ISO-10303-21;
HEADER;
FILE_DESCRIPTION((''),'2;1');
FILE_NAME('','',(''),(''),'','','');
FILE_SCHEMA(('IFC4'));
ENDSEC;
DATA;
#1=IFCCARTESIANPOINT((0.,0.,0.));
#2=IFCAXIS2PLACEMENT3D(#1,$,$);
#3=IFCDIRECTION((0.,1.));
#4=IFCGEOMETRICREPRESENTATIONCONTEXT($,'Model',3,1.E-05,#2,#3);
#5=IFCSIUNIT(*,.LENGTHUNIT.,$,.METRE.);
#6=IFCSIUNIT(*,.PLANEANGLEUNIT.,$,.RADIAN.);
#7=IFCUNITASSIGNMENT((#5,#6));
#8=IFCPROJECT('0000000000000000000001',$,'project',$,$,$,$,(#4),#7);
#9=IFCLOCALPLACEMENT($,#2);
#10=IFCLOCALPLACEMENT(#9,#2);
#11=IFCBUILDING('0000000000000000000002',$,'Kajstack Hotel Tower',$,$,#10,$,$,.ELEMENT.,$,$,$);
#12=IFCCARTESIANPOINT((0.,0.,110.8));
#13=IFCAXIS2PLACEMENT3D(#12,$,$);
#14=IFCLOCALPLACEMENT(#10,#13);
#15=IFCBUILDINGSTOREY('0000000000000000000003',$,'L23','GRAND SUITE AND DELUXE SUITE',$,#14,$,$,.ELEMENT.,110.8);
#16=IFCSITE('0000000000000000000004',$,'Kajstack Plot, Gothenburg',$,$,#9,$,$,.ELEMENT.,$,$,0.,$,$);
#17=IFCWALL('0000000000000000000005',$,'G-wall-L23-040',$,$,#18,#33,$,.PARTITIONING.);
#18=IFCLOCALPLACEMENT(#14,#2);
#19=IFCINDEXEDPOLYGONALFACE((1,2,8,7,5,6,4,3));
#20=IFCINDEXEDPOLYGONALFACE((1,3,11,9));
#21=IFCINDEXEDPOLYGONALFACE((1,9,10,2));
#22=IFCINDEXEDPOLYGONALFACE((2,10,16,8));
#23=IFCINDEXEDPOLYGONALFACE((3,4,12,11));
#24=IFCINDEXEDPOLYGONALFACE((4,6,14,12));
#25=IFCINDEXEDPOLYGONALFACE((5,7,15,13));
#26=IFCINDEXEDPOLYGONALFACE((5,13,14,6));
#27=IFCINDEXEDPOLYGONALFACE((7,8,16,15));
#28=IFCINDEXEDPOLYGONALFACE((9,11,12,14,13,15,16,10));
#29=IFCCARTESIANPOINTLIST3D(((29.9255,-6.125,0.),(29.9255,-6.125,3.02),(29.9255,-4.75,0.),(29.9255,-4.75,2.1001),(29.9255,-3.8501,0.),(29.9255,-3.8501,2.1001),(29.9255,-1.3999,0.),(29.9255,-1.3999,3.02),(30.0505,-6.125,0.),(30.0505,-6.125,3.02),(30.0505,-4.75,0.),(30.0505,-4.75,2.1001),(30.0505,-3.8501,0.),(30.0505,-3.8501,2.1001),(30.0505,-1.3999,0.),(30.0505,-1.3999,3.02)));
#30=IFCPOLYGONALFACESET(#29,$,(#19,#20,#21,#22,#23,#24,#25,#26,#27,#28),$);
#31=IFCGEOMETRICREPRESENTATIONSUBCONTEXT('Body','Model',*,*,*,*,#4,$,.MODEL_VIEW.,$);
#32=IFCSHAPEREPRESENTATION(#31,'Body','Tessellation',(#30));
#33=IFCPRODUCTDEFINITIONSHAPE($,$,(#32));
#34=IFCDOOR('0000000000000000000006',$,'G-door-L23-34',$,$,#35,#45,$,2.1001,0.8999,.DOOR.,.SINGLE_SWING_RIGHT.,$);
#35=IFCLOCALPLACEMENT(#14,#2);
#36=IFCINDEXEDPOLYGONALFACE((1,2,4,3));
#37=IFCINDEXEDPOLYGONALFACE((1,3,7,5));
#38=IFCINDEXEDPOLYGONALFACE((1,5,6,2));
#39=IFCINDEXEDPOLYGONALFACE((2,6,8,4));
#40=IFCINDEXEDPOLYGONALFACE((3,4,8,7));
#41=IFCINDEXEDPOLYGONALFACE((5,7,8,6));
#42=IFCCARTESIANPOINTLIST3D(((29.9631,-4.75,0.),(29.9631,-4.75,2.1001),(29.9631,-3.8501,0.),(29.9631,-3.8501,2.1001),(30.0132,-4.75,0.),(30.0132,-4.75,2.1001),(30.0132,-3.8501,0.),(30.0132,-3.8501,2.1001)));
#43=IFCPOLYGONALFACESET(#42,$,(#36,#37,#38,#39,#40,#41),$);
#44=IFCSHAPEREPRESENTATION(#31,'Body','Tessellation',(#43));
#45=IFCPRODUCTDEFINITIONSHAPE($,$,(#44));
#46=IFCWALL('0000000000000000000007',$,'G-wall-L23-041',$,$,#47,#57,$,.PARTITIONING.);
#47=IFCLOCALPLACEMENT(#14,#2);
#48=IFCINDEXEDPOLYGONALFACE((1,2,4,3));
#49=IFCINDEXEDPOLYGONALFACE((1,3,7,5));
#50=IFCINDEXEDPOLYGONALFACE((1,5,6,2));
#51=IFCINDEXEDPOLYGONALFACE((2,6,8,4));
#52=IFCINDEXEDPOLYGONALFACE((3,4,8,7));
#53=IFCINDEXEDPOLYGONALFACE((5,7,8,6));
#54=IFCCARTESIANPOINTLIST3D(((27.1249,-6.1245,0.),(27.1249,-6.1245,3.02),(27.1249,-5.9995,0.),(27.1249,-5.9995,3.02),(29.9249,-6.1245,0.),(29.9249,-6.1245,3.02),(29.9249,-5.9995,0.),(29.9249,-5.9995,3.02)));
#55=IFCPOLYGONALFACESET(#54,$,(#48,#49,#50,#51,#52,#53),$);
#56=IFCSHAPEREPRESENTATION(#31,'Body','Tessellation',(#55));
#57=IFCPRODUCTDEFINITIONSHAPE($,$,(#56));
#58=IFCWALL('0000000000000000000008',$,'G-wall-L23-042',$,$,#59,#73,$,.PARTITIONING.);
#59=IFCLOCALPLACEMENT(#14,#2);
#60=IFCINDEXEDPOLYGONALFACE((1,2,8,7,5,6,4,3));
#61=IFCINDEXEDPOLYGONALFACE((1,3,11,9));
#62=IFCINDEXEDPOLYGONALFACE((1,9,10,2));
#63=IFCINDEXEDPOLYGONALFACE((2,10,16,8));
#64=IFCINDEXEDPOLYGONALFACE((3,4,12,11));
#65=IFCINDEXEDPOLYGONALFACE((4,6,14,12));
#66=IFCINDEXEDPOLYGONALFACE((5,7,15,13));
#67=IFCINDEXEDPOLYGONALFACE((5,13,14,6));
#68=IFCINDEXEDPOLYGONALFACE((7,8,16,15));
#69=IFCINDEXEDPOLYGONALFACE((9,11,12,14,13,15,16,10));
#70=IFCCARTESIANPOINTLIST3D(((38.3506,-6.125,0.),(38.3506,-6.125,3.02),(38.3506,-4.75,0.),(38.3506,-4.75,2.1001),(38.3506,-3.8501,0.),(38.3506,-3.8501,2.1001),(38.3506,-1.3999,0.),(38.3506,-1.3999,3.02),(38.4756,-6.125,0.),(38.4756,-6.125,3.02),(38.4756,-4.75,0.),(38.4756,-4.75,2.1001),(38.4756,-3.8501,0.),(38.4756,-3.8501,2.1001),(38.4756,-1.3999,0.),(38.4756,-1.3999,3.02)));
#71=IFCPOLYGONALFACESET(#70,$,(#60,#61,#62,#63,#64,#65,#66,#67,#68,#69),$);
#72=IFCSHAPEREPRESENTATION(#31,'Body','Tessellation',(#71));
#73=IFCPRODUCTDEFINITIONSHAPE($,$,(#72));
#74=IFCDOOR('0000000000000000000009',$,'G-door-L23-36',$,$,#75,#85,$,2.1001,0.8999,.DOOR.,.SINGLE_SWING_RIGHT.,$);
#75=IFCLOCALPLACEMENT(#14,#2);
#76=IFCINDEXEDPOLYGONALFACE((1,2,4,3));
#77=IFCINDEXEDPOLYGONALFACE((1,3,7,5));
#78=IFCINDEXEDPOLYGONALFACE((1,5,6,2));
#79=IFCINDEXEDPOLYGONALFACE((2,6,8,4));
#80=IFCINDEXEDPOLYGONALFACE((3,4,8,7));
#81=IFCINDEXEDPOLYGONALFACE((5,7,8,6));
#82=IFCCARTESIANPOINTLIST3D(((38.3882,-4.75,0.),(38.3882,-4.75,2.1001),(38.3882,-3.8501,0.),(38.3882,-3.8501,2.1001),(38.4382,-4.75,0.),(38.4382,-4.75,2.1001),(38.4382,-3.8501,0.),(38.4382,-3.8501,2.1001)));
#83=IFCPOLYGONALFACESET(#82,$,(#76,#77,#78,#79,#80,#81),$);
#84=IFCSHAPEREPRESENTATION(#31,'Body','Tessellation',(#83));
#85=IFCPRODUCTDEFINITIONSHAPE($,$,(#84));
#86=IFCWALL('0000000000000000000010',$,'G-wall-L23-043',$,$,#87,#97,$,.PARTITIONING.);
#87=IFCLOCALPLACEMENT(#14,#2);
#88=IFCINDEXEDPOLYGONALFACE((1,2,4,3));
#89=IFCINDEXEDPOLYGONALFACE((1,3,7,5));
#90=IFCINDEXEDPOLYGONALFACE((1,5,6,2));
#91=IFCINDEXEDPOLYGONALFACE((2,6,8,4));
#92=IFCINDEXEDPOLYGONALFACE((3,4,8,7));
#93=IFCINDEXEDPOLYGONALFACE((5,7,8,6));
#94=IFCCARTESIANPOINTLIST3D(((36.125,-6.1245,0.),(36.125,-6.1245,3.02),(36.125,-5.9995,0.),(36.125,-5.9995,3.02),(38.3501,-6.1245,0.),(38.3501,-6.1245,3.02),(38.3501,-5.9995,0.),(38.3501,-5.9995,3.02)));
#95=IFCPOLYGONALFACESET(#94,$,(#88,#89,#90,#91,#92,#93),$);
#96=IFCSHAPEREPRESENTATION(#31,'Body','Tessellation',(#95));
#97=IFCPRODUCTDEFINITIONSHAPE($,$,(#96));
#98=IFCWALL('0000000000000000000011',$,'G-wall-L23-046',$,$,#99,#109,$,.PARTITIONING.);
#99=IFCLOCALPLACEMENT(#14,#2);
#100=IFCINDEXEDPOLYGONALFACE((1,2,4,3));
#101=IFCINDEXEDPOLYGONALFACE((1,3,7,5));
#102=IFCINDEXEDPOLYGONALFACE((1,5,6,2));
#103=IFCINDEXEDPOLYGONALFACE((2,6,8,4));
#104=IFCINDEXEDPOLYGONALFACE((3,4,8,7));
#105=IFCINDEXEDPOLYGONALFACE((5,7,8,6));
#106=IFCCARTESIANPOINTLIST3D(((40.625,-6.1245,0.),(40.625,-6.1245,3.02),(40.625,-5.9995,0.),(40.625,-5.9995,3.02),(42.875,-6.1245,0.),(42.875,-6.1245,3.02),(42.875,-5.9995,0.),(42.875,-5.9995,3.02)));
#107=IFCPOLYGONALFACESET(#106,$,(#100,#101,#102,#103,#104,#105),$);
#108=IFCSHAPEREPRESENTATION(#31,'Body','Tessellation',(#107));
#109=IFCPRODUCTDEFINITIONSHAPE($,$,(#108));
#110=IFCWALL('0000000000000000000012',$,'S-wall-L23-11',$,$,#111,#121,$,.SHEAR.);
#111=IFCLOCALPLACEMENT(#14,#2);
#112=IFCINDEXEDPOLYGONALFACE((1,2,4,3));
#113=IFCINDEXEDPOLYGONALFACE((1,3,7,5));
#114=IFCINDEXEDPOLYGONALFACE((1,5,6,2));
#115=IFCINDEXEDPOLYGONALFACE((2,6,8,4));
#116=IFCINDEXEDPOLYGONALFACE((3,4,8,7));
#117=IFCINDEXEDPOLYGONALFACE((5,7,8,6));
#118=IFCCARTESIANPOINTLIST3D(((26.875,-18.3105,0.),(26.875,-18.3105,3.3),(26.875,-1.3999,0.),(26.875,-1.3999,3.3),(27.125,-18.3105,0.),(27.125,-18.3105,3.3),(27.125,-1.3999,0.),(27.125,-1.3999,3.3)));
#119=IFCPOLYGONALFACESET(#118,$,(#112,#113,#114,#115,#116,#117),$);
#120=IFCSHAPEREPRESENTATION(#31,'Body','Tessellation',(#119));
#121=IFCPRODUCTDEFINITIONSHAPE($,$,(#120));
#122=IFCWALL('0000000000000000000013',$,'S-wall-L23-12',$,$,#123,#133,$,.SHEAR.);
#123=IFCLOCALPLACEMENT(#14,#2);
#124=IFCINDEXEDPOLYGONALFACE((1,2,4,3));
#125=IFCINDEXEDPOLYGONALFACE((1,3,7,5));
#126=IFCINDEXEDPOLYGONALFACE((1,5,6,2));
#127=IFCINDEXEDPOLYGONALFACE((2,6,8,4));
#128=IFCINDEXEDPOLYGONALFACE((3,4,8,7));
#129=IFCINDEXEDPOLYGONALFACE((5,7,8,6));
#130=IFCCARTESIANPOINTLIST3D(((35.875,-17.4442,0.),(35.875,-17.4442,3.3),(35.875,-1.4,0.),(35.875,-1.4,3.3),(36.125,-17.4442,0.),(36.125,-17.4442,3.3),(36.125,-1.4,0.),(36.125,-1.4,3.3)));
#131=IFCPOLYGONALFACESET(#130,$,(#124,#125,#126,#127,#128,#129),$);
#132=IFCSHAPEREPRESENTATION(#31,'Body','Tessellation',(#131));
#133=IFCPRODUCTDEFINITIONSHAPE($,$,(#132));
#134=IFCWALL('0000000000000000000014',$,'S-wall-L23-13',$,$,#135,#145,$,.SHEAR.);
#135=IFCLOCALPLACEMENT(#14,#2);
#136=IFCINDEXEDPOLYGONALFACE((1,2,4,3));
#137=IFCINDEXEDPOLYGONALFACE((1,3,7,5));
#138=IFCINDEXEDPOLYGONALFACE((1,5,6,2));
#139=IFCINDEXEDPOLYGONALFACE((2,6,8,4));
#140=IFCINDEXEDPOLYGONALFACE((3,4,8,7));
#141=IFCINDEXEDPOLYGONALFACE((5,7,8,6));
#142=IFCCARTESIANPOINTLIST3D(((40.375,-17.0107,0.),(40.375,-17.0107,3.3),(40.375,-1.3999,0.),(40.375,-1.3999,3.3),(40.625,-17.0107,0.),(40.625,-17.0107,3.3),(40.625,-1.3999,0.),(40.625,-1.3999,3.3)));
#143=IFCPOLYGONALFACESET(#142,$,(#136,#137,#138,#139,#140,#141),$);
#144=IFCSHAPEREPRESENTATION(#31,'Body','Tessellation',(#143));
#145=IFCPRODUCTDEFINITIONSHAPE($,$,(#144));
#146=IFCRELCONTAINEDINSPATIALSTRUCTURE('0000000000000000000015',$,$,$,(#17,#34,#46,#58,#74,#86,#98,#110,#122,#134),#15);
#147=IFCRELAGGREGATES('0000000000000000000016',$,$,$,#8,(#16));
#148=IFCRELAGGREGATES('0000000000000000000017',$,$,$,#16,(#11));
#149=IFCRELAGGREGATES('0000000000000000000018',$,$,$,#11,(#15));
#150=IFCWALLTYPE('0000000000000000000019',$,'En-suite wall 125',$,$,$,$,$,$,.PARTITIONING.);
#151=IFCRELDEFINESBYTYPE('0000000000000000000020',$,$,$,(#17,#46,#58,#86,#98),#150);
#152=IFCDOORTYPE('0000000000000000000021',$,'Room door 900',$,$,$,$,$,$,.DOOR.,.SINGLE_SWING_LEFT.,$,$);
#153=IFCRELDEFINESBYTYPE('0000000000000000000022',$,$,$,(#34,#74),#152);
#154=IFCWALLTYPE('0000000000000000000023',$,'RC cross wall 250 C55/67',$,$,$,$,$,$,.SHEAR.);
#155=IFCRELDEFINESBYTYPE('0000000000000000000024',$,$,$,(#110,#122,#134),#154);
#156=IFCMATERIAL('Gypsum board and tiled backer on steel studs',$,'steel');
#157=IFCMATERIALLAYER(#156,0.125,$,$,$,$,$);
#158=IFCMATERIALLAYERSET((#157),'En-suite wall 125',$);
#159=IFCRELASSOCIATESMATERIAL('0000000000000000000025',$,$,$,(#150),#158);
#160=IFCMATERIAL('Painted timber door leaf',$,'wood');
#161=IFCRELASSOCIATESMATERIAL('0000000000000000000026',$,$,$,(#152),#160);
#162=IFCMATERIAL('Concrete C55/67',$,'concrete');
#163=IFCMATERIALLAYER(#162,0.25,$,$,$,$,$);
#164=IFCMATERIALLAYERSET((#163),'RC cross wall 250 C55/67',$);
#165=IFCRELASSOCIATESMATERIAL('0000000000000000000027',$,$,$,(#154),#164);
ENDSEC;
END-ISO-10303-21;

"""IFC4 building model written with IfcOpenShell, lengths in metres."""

from ifc_helpers import new_model, si_unit, direction, frame, frame_2d, origin, place, context, subcontext, project, spatial, rectangle, extrude, material, layer, layer_set, type_object, element, fill, save


model = new_model("IFC4")

# Units and contexts
model_context = context("Model", 3, precision=1e-05, world=origin(), true_north=direction((0.0, 1.0)))
body_context = subcontext(model_context, "Body", "Model", "MODEL_VIEW")
ifc_project = project(units=[si_unit("LENGTHUNIT", "METRE"), si_unit("PLANEANGLEUNIT", "RADIAN")], contexts=[model_context])

# Site, building, storey
site_placement = place(None, origin())
site = spatial("IfcSite", under=ifc_project, at=site_placement, Name="Kajstack Plot, Gothenburg", CompositionType="ELEMENT", RefElevation=0.0)
building_placement = place(site_placement, origin())
building = spatial("IfcBuilding", under=site, at=building_placement, Name="Kajstack Hotel Tower", CompositionType="ELEMENT")
storey_placement = place(building_placement, frame((0.0, 0.0, 110.8)))
storey = spatial("IfcBuildingStorey", under=building, at=storey_placement, Name="L23", Description="GRAND SUITE AND DELUXE SUITE", CompositionType="ELEMENT", Elevation=110.8)

# Wall, opening, door
ifc_material_1 = material(Name="Gypsum board and tiled backer on steel studs", Category="steel")
ifc_layer_1 = layer(ifc_material_1, 0.125)
ifc_layer_set_1 = layer_set([ifc_layer_1], Name="En-suite wall 125")
wall_type_1 = type_object("IfcWallType", Name="En-suite wall 125", PredefinedType="PARTITIONING", material=ifc_layer_set_1)
wall_1_placement = place(storey_placement, frame((29.988, -6.125, 0.0), z_axis=(0.0, 0.0, 1.0), x_axis=(0.0, 1.0, 0.0)))
wall_1 = element("IfcWall", 1, at=wall_1_placement, inside=storey, type_object=wall_type_1, Name="G-wall-L23-040", PredefinedType="PARTITIONING", context=body_context, shape_type="SweptSolid", body=[
    extrude(rectangle(XDim=4.7251, YDim=0.125, at=frame_2d((2.3625, 0.0))), origin(), (0.0, 0.0, 1.0), 3.02),
])
opening_1_placement = place(wall_1_placement, frame((1.375, 0.0, 0.0)))
opening_1 = element("IfcOpeningElement", 2, at=opening_1_placement, cuts=wall_1, PredefinedType="OPENING", context=body_context, shape_type="SweptSolid", body=[
    extrude(rectangle(XDim=0.8999, YDim=2.1001, at=frame_2d((0.45, 1.05))), frame((0.0, 0.0725, 0.0), z_axis=(0.0, -1.0, 0.0), x_axis=(1.0, 0.0, 0.0)), (0.0, 0.0, 1.0), 0.145),
])
ifc_material_2 = material(Name="Painted timber door leaf", Category="wood")
door_type_1 = type_object("IfcDoorType", Name="Room door 900", OperationType="SINGLE_SWING_LEFT", PredefinedType="DOOR", material=ifc_material_2)
door_1_placement = place(opening_1_placement, origin())
door_1 = element("IfcDoor", 3, at=door_1_placement, inside=storey, type_object=door_type_1, Name="G-door-L23-34", OperationType="SINGLE_SWING_RIGHT", OverallHeight=2.1001, OverallWidth=0.8999, PredefinedType="DOOR", context=body_context, shape_type="SweptSolid", body=[
    extrude(rectangle(XDim=0.8999, YDim=2.1001, at=frame_2d((0.45, 1.05))), frame((0.0, 0.0249, 0.0), z_axis=(0.0, -1.0, 0.0), x_axis=(1.0, 0.0, 0.0)), (0.0, 0.0, 1.0), 0.05),
])
fill(opening_1, door_1)

# Wall
wall_2_placement = place(storey_placement, frame((27.125, -6.062, 0.0), z_axis=(0.0, 0.0, 1.0), x_axis=(1.0, 0.0, 0.0)))
element("IfcWall", 4, at=wall_2_placement, inside=storey, type_object=wall_type_1, Name="G-wall-L23-041", PredefinedType="PARTITIONING", context=body_context, shape_type="SweptSolid", body=[
    extrude(rectangle(XDim=2.8, YDim=0.125, at=frame_2d((1.3999, 0.0))), origin(), (0.0, 0.0, 1.0), 3.02),
])

# Wall, opening, door
wall_3_placement = place(storey_placement, frame((38.4131, -6.125, 0.0), z_axis=(0.0, 0.0, 1.0), x_axis=(0.0, 1.0, 0.0)))
wall_3 = element("IfcWall", 5, at=wall_3_placement, inside=storey, type_object=wall_type_1, Name="G-wall-L23-042", PredefinedType="PARTITIONING", context=body_context, shape_type="SweptSolid", body=[
    extrude(rectangle(XDim=4.7251, YDim=0.125, at=frame_2d((2.3625, 0.0))), origin(), (0.0, 0.0, 1.0), 3.02),
])
opening_2_placement = place(wall_3_placement, frame((1.375, 0.0, 0.0)))
opening_2 = element("IfcOpeningElement", 6, at=opening_2_placement, cuts=wall_3, PredefinedType="OPENING", context=body_context, shape_type="SweptSolid", body=[
    extrude(rectangle(XDim=0.8999, YDim=2.1001, at=frame_2d((0.45, 1.05))), frame((0.0, 0.0725, 0.0), z_axis=(0.0, -1.0, 0.0), x_axis=(1.0, 0.0, 0.0)), (0.0, 0.0, 1.0), 0.145),
])
door_2_placement = place(opening_2_placement, origin())
door_2 = element("IfcDoor", 7, at=door_2_placement, inside=storey, type_object=door_type_1, Name="G-door-L23-36", OperationType="SINGLE_SWING_RIGHT", OverallHeight=2.1001, OverallWidth=0.8999, PredefinedType="DOOR", context=body_context, shape_type="SweptSolid", body=[
    extrude(rectangle(XDim=0.8999, YDim=2.1001, at=frame_2d((0.45, 1.05))), frame((0.0, 0.0249, 0.0), z_axis=(0.0, -1.0, 0.0), x_axis=(1.0, 0.0, 0.0)), (0.0, 0.0, 1.0), 0.05),
])
fill(opening_2, door_2)

# Walls
wall_4_placement = place(storey_placement, frame((36.125, -6.062, 0.0), z_axis=(0.0, 0.0, 1.0), x_axis=(1.0, 0.0, 0.0)))
element("IfcWall", 8, at=wall_4_placement, inside=storey, type_object=wall_type_1, Name="G-wall-L23-043", PredefinedType="PARTITIONING", context=body_context, shape_type="SweptSolid", body=[
    extrude(rectangle(XDim=2.2251, YDim=0.125, at=frame_2d((1.1125, 0.0))), origin(), (0.0, 0.0, 1.0), 3.02),
])
wall_5_placement = place(storey_placement, frame((40.625, -6.062, 0.0), z_axis=(0.0, 0.0, 1.0), x_axis=(1.0, 0.0, 0.0)))
element("IfcWall", 9, at=wall_5_placement, inside=storey, type_object=wall_type_1, Name="G-wall-L23-046", PredefinedType="PARTITIONING", context=body_context, shape_type="SweptSolid", body=[
    extrude(rectangle(XDim=2.25, YDim=0.125, at=frame_2d((1.125, 0.0))), origin(), (0.0, 0.0, 1.0), 3.02),
])
ifc_material_3 = material(Name="Concrete C55/67", Category="concrete")
ifc_layer_2 = layer(ifc_material_3, 0.25)
ifc_layer_set_2 = layer_set([ifc_layer_2], Name="RC cross wall 250 C55/67")
wall_type_2 = type_object("IfcWallType", Name="RC cross wall 250 C55/67", PredefinedType="SHEAR", material=ifc_layer_set_2)
wall_6_placement = place(storey_placement, frame((27.0, -18.3105, 0.0), z_axis=(0.0, 0.0, 1.0), x_axis=(0.0, 1.0, 0.0)))
element("IfcWall", 10, at=wall_6_placement, inside=storey, type_object=wall_type_2, Name="S-wall-L23-11", PredefinedType="SHEAR", context=body_context, shape_type="SweptSolid", body=[
    extrude(rectangle(XDim=16.9106, YDim=0.25, at=frame_2d((8.4553, 0.0))), origin(), (0.0, 0.0, 1.0), 3.3),
])
wall_7_placement = place(storey_placement, frame((36.0, -17.4441, 0.0), z_axis=(0.0, 0.0, 1.0), x_axis=(0.0, 1.0, 0.0)))
element("IfcWall", 11, at=wall_7_placement, inside=storey, type_object=wall_type_2, Name="S-wall-L23-12", PredefinedType="SHEAR", context=body_context, shape_type="SweptSolid", body=[
    extrude(rectangle(XDim=16.0442, YDim=0.25, at=frame_2d((8.022, 0.0))), origin(), (0.0, 0.0, 1.0), 3.3),
])
wall_8_placement = place(storey_placement, frame((40.5, -17.0107, 0.0), z_axis=(0.0, 0.0, 1.0), x_axis=(0.0, 1.0, 0.0)))
element("IfcWall", 12, at=wall_8_placement, inside=storey, type_object=wall_type_2, Name="S-wall-L23-13", PredefinedType="SHEAR", context=body_context, shape_type="SweptSolid", body=[
    extrude(rectangle(XDim=15.6108, YDim=0.25, at=frame_2d((7.8054, 0.0))), origin(), (0.0, 0.0, 1.0), 3.3),
])

save(model, "model.ifc")
